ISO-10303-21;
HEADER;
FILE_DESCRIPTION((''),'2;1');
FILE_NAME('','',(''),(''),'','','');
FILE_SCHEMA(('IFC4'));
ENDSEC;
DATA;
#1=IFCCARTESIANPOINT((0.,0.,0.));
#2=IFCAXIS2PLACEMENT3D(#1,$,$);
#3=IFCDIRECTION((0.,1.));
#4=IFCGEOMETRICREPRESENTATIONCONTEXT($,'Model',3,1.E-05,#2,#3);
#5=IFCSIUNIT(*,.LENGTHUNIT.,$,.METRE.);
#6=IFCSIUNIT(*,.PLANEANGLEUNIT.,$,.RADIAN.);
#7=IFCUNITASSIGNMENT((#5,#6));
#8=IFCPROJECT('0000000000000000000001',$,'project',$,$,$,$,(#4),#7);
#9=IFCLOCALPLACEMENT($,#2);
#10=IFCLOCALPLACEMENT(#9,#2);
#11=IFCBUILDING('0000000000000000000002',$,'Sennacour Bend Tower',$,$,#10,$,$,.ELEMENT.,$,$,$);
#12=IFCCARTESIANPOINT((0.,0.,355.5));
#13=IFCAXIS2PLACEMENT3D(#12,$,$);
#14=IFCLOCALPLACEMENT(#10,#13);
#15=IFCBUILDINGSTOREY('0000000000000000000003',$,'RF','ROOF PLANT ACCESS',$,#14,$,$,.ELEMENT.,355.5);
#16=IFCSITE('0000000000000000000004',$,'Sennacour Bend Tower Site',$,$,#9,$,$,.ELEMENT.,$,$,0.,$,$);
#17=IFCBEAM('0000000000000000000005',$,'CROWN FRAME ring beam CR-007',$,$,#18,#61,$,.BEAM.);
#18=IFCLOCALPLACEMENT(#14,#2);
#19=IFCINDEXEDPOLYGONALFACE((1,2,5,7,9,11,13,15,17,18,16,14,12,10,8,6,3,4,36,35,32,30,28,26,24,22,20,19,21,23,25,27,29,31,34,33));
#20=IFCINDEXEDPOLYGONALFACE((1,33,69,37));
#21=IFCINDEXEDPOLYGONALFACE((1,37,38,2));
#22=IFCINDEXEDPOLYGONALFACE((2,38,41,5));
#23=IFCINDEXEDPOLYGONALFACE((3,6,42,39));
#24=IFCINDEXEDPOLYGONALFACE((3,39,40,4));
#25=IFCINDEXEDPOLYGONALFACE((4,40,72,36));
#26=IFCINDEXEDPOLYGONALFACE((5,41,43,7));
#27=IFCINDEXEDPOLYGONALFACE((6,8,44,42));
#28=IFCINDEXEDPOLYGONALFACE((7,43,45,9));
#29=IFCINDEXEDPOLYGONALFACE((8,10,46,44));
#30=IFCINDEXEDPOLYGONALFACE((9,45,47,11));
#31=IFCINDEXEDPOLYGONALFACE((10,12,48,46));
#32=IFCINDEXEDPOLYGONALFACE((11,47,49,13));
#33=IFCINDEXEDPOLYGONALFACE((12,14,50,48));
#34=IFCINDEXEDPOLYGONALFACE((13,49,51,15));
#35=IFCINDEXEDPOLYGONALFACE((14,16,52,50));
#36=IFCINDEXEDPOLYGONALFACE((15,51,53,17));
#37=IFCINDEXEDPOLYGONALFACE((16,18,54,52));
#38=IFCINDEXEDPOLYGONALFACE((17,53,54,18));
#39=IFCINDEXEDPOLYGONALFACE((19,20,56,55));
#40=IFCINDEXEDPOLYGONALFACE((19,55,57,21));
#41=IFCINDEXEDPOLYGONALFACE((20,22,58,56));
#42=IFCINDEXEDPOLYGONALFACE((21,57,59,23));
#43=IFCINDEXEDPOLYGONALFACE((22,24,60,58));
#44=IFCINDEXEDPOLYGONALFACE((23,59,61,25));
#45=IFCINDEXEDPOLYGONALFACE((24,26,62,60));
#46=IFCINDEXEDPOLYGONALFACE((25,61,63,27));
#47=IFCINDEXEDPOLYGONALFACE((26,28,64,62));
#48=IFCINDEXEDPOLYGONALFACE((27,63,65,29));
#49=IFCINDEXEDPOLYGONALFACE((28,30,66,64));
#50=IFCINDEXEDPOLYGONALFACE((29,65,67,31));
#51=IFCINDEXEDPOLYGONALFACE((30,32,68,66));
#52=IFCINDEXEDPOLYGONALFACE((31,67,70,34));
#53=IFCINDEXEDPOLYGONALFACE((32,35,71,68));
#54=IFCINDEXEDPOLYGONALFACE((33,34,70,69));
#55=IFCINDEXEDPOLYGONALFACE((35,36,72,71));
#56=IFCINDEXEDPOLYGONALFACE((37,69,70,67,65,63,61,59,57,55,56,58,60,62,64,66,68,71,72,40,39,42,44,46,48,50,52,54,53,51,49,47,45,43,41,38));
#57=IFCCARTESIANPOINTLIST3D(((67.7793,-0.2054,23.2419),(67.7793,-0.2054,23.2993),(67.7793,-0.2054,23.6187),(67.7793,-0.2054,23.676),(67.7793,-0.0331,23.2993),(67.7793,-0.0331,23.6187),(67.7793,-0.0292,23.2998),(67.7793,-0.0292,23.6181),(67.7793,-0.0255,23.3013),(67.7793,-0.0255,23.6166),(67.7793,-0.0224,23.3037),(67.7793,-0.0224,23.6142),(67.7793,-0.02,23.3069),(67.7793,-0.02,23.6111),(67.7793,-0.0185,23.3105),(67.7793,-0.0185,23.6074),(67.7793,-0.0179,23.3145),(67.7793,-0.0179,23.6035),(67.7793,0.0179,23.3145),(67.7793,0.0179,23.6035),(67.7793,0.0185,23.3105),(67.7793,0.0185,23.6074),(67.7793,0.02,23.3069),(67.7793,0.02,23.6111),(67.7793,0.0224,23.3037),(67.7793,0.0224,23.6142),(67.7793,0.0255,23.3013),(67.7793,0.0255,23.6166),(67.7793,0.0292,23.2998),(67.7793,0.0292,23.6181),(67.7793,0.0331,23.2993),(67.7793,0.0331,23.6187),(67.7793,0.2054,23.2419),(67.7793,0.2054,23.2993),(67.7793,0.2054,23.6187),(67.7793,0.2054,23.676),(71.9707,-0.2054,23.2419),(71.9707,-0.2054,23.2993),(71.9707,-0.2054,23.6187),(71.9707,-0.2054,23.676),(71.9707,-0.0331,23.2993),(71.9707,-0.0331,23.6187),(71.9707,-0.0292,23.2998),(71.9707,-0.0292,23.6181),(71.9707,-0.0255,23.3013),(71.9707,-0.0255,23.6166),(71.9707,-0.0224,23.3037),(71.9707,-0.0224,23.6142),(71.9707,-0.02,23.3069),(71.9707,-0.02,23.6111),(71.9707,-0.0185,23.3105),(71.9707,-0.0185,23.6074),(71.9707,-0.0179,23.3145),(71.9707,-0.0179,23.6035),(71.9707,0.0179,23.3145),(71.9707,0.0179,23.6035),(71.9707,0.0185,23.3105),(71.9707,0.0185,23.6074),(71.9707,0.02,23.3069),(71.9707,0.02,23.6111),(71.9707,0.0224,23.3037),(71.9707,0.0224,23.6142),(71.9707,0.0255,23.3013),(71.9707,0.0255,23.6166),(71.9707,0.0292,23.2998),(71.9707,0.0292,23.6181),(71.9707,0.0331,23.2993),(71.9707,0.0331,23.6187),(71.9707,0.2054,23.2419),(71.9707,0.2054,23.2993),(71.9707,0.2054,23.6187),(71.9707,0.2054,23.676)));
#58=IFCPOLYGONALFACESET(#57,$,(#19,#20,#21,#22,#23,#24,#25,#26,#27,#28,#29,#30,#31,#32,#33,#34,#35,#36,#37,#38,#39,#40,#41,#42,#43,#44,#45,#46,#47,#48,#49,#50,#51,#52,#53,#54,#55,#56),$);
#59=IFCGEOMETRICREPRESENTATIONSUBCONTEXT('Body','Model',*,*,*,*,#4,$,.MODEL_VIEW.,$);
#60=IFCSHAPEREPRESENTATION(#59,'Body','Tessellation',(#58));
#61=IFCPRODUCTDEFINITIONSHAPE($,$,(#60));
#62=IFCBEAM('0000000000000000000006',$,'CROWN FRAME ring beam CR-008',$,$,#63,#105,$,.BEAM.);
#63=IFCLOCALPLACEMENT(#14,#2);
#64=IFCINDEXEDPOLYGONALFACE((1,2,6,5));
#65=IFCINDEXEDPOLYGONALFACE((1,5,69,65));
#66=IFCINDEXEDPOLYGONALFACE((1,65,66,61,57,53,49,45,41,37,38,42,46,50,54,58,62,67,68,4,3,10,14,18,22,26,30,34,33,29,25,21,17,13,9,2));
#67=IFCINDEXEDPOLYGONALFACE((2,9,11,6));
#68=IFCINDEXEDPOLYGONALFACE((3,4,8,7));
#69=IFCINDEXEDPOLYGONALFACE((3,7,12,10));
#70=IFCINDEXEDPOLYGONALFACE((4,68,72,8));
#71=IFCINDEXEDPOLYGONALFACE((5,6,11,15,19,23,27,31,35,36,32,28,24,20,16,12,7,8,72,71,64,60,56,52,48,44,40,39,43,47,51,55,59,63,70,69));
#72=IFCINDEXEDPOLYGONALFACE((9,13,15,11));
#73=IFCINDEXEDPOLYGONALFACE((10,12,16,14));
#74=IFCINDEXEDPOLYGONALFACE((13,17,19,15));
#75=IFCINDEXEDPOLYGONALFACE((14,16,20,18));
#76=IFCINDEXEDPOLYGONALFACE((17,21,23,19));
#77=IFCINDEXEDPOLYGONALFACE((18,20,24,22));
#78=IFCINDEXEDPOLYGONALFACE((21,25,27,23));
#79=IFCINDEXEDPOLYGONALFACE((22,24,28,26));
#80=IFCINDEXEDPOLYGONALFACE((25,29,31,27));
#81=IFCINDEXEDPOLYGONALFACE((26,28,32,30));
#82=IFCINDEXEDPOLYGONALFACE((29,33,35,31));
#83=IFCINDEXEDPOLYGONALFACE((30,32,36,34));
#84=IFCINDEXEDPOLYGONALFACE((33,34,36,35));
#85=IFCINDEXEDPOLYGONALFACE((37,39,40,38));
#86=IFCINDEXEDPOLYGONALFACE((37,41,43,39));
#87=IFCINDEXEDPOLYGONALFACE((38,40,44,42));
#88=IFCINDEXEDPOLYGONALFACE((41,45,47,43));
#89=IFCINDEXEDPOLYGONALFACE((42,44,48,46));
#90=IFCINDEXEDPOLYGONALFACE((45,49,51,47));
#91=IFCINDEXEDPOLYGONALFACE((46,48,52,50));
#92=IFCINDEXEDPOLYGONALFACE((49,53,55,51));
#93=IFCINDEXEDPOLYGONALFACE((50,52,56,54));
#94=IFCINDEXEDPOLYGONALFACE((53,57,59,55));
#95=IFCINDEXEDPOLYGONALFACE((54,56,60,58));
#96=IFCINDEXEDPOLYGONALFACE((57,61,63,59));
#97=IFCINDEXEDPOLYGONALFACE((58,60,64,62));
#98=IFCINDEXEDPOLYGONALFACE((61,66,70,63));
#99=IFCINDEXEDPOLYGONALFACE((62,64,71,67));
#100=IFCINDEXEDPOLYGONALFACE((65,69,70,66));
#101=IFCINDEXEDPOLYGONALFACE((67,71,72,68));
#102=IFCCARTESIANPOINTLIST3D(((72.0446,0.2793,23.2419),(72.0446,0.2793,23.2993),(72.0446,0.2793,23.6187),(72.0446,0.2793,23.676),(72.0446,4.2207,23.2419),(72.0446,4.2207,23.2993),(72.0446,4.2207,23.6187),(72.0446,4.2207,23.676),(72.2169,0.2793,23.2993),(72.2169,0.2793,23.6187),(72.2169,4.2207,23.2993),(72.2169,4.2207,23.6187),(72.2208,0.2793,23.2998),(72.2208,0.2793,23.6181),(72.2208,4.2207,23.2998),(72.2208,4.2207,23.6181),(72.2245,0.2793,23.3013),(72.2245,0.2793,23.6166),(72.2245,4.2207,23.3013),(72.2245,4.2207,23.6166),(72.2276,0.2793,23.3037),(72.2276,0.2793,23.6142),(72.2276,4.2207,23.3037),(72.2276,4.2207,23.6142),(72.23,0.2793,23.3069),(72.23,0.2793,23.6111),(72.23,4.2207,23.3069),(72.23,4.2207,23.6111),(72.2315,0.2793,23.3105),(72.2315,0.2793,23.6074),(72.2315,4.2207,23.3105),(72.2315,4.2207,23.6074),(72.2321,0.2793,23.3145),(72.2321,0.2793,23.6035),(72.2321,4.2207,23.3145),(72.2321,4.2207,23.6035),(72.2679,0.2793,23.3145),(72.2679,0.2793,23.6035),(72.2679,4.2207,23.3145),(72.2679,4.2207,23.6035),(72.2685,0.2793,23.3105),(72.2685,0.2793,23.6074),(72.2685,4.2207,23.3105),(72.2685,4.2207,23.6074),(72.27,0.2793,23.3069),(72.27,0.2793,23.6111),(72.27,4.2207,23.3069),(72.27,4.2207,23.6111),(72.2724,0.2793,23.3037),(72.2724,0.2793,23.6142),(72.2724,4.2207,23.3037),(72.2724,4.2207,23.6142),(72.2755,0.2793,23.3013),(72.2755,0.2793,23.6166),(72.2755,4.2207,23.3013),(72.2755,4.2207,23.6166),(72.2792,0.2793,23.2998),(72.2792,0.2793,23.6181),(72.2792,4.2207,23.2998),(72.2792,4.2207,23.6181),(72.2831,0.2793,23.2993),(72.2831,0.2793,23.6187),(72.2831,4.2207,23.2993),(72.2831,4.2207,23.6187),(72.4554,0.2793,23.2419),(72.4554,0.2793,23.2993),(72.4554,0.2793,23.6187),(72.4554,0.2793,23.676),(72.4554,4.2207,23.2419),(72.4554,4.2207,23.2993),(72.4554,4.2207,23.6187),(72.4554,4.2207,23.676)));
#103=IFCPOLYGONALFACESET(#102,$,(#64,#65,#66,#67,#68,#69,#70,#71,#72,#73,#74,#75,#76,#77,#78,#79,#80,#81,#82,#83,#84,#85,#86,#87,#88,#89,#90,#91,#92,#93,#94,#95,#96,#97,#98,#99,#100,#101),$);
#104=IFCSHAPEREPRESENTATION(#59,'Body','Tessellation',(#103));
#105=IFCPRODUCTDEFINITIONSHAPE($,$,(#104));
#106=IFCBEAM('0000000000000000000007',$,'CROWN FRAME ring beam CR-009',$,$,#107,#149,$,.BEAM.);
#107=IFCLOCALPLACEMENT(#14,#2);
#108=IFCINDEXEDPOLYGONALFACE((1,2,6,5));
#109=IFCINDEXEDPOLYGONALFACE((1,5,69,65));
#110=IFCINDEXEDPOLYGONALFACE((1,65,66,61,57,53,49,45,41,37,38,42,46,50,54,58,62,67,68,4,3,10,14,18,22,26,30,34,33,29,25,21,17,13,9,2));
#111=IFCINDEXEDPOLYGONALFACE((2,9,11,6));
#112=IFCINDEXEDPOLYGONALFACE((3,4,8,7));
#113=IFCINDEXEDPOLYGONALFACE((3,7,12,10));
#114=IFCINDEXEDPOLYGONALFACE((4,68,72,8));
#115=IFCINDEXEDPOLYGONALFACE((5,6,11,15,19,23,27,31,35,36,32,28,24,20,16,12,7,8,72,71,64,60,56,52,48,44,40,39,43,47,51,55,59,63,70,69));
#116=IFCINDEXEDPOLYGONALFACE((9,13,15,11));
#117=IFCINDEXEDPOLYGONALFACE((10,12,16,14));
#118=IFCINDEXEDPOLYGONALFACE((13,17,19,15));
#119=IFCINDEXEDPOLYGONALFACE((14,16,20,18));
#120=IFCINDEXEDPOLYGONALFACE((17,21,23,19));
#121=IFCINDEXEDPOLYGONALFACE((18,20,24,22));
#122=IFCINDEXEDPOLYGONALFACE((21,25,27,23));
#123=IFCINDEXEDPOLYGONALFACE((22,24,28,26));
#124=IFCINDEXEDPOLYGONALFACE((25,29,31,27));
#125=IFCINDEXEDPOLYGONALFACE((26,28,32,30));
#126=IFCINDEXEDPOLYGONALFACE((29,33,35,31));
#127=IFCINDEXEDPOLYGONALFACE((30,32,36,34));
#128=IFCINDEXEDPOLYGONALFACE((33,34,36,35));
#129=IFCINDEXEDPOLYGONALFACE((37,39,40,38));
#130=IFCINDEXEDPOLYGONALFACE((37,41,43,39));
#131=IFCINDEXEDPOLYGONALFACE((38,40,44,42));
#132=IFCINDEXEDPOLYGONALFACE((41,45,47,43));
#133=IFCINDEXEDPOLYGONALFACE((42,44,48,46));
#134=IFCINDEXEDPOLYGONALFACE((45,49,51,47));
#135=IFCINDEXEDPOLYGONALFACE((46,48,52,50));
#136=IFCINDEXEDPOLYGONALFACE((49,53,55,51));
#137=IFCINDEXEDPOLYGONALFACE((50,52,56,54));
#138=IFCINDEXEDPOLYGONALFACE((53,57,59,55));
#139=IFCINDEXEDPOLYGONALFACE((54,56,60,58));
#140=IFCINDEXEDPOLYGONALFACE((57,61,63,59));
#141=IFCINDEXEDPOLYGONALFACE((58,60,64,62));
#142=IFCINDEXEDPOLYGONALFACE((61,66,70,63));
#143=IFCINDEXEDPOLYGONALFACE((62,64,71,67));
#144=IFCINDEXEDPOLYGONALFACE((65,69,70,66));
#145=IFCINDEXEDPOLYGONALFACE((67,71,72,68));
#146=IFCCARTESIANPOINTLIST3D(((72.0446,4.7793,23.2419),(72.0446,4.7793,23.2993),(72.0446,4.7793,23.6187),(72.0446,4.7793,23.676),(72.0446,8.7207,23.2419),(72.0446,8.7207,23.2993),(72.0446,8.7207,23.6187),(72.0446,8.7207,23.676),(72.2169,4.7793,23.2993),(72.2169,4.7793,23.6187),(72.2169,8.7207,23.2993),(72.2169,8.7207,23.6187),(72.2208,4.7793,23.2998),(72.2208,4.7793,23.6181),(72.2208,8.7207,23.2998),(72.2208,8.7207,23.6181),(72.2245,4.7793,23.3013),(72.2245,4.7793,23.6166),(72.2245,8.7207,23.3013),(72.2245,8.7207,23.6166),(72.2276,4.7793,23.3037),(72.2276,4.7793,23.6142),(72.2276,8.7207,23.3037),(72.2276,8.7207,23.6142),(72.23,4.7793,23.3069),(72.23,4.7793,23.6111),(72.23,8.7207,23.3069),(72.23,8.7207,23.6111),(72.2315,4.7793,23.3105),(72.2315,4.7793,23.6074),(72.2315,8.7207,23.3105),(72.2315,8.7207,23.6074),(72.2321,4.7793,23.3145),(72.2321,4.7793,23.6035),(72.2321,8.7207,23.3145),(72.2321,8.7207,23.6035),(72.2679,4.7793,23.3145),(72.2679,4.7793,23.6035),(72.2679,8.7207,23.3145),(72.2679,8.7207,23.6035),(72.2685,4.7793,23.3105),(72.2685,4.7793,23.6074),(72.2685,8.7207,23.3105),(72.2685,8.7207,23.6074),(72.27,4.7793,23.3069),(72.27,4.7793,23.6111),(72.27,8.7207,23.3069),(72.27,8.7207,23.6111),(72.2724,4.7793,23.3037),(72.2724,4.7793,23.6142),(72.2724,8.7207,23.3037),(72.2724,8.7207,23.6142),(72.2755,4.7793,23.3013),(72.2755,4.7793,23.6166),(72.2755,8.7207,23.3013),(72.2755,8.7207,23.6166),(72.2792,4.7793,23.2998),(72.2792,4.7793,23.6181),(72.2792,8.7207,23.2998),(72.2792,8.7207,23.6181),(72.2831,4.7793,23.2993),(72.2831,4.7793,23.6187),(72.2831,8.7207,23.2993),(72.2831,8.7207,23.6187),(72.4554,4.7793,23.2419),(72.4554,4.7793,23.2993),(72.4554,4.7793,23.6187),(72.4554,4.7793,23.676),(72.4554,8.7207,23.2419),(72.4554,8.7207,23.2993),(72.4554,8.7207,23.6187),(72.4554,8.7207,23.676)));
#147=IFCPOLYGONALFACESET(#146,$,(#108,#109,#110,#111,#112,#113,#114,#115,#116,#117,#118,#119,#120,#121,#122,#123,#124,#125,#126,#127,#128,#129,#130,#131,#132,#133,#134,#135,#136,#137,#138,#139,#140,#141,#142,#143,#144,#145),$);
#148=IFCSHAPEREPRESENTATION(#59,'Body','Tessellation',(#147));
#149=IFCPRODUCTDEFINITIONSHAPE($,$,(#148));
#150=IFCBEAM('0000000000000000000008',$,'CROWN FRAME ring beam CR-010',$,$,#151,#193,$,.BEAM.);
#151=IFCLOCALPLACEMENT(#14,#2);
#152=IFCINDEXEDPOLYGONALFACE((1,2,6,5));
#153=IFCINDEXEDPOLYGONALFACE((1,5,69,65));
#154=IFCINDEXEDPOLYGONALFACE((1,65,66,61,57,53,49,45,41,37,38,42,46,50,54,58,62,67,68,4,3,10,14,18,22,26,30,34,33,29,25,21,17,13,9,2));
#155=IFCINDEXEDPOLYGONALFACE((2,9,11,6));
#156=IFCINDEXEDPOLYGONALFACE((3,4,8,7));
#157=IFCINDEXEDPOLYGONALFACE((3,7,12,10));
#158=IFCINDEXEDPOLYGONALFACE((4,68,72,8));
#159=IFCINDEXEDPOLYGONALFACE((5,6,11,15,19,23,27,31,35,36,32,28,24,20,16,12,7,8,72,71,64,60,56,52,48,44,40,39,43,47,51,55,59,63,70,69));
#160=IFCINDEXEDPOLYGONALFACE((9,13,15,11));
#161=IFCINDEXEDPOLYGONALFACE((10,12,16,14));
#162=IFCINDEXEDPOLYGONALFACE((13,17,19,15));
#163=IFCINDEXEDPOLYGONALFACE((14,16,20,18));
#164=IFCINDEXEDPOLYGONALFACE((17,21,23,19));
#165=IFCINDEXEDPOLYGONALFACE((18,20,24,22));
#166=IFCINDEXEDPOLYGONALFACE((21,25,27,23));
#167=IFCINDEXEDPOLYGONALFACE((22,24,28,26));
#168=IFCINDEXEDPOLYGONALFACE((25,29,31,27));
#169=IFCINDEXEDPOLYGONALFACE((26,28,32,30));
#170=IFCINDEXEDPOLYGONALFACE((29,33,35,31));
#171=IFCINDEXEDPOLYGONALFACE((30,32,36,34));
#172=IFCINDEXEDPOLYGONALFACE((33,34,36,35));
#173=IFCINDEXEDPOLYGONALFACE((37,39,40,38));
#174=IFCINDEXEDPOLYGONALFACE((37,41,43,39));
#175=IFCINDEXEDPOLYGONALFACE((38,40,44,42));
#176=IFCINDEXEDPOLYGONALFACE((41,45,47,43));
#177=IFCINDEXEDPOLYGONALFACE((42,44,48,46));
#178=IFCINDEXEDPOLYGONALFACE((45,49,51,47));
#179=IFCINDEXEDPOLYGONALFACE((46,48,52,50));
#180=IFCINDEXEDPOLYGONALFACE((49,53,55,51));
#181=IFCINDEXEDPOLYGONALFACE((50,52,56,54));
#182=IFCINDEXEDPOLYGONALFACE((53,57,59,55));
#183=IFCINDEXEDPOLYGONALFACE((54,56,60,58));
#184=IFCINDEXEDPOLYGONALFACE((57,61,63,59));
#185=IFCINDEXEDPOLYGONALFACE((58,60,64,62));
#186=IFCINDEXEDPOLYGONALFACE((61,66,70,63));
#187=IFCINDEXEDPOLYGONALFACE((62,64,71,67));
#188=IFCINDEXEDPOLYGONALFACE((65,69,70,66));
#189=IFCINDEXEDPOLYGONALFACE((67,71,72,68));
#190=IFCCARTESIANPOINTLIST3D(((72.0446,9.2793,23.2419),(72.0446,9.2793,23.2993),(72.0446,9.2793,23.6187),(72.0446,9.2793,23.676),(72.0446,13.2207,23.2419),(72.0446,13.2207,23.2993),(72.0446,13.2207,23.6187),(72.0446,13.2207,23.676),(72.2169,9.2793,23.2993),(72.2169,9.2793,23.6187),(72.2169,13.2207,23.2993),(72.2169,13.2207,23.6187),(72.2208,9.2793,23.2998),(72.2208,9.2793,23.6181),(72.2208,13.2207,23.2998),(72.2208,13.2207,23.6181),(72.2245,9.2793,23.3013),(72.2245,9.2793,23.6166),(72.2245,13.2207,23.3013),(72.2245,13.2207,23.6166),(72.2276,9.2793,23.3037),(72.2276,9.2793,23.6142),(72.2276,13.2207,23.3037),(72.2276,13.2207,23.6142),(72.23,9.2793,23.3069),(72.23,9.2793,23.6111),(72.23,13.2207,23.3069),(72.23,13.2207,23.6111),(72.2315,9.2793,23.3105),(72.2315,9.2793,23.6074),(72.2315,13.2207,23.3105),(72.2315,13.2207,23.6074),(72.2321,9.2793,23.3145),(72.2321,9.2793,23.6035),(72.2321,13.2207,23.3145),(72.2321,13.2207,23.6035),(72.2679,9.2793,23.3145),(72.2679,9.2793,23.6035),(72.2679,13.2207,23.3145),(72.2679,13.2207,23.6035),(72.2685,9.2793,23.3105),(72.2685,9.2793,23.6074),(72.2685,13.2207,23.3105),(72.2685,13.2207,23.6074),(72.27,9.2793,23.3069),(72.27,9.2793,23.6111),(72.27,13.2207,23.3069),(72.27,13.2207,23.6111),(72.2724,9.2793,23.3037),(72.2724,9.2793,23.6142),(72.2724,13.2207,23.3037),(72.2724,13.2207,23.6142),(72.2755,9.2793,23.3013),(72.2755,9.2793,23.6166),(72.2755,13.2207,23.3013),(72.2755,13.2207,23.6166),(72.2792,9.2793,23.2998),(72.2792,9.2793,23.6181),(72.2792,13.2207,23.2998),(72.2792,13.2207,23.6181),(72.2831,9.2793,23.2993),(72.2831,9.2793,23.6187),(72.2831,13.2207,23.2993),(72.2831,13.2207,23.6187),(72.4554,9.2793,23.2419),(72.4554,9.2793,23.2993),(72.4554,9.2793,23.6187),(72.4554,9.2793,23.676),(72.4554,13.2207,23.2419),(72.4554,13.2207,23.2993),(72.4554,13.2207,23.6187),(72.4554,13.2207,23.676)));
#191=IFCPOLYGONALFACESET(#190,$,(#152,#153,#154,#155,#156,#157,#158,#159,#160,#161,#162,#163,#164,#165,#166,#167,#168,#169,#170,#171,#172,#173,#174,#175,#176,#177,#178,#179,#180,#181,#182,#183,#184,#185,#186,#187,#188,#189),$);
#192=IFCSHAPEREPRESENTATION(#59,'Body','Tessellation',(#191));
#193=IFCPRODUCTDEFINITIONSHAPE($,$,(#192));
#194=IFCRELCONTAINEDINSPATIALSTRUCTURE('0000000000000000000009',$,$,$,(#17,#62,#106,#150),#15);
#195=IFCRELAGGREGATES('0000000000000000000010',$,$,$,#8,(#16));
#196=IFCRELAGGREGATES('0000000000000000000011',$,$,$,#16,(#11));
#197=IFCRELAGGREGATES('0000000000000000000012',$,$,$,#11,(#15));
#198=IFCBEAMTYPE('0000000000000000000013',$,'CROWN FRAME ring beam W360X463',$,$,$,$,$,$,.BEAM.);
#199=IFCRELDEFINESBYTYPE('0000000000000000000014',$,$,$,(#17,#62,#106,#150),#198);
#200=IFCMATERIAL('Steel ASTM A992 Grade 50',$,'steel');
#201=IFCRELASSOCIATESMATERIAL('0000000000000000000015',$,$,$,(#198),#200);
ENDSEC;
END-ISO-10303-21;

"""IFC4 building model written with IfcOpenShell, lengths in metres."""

from ifc_helpers import new_model, si_unit, direction, frame, origin, origin_2d, place, context, subcontext, project, spatial, i_section, extrude, material, material_profile, profile_set, type_object, element, save


model = new_model("IFC4")

# Units and contexts
model_context = context("Model", 3, precision=1e-05, world=origin(), true_north=direction((0.0, 1.0)))
body_context = subcontext(model_context, "Body", "Model", "MODEL_VIEW")
ifc_project = project(units=[si_unit("LENGTHUNIT", "METRE"), si_unit("PLANEANGLEUNIT", "RADIAN")], contexts=[model_context])

# Site, building, storey
site_placement = place(None, origin())
site = spatial("IfcSite", under=ifc_project, at=site_placement, Name="Sennacour Bend Tower Site", CompositionType="ELEMENT", RefElevation=0.0)
building_placement = place(site_placement, origin())
building = spatial("IfcBuilding", under=site, at=building_placement, Name="Sennacour Bend Tower", CompositionType="ELEMENT")
storey_placement = place(building_placement, frame((0.0, 0.0, 355.5)))
storey = spatial("IfcBuildingStorey", under=building, at=storey_placement, Name="RF", Description="ROOF PLANT ACCESS", CompositionType="ELEMENT", Elevation=355.5)

# Beams
ifc_material_1 = material(Name="Steel ASTM A992 Grade 50", Category="steel")
ifc_material_profile_1 = material_profile(ifc_material_1, i_section(OverallWidth=0.4109, OverallDepth=0.4341, WebThickness=0.0359, FlangeThickness=0.0574, FilletRadius=0.0151, at=origin_2d()), Name="Steel ASTM A992 Grade 50", Category="steel")
ifc_profile_set_1 = profile_set([ifc_material_profile_1], Name="Steel ASTM A992 Grade 50")
beam_type = type_object("IfcBeamType", Name="CROWN FRAME ring beam W360X463", PredefinedType="BEAM", material=ifc_profile_set_1)
beam_placement = place(storey_placement, frame((67.7793, 0.0, 23.459), z_axis=(1.0, 0.0, 0.0), x_axis=(0.0, 1.0, 0.0)))
element("IfcBeam", 1, at=beam_placement, inside=storey, type_object=beam_type, Name="CROWN FRAME ring beam CR-007", PredefinedType="BEAM", context=body_context, shape_type="SweptSolid", body=[
    extrude(i_section(OverallWidth=0.4109, OverallDepth=0.4341, WebThickness=0.0359, FlangeThickness=0.0574, FilletRadius=0.0151, at=origin_2d()), origin(), (0.0, 0.0, 1.0), 4.1914),
])
for number, where, z_axis, x_axis, name in (
    (2, (72.25, 0.2793, 23.459), (0.0, 1.0, 0.0), (-1.0, 0.0, 0.0), "CROWN FRAME ring beam CR-008"),
    (3, (72.25, 4.7793, 23.459), (0.0, 1.0, 0.0), (-1.0, 0.0, 0.0), "CROWN FRAME ring beam CR-009"),
    (4, (72.25, 9.2793, 23.459), (0.0, 1.0, 0.0), (-1.0, 0.0, 0.0), "CROWN FRAME ring beam CR-010"),
):
    element("IfcBeam", number, at=place(storey_placement, frame(where, z_axis=z_axis, x_axis=x_axis)), inside=storey, type_object=beam_type, Name=name, PredefinedType="BEAM", context=body_context, shape_type="SweptSolid", body=[
        extrude(i_section(OverallWidth=0.4109, OverallDepth=0.4341, WebThickness=0.0359, FlangeThickness=0.0574, FilletRadius=0.0151, at=origin_2d()), origin(), (0.0, 0.0, 1.0), 3.9414),
    ])

save(model, "model.ifc")
